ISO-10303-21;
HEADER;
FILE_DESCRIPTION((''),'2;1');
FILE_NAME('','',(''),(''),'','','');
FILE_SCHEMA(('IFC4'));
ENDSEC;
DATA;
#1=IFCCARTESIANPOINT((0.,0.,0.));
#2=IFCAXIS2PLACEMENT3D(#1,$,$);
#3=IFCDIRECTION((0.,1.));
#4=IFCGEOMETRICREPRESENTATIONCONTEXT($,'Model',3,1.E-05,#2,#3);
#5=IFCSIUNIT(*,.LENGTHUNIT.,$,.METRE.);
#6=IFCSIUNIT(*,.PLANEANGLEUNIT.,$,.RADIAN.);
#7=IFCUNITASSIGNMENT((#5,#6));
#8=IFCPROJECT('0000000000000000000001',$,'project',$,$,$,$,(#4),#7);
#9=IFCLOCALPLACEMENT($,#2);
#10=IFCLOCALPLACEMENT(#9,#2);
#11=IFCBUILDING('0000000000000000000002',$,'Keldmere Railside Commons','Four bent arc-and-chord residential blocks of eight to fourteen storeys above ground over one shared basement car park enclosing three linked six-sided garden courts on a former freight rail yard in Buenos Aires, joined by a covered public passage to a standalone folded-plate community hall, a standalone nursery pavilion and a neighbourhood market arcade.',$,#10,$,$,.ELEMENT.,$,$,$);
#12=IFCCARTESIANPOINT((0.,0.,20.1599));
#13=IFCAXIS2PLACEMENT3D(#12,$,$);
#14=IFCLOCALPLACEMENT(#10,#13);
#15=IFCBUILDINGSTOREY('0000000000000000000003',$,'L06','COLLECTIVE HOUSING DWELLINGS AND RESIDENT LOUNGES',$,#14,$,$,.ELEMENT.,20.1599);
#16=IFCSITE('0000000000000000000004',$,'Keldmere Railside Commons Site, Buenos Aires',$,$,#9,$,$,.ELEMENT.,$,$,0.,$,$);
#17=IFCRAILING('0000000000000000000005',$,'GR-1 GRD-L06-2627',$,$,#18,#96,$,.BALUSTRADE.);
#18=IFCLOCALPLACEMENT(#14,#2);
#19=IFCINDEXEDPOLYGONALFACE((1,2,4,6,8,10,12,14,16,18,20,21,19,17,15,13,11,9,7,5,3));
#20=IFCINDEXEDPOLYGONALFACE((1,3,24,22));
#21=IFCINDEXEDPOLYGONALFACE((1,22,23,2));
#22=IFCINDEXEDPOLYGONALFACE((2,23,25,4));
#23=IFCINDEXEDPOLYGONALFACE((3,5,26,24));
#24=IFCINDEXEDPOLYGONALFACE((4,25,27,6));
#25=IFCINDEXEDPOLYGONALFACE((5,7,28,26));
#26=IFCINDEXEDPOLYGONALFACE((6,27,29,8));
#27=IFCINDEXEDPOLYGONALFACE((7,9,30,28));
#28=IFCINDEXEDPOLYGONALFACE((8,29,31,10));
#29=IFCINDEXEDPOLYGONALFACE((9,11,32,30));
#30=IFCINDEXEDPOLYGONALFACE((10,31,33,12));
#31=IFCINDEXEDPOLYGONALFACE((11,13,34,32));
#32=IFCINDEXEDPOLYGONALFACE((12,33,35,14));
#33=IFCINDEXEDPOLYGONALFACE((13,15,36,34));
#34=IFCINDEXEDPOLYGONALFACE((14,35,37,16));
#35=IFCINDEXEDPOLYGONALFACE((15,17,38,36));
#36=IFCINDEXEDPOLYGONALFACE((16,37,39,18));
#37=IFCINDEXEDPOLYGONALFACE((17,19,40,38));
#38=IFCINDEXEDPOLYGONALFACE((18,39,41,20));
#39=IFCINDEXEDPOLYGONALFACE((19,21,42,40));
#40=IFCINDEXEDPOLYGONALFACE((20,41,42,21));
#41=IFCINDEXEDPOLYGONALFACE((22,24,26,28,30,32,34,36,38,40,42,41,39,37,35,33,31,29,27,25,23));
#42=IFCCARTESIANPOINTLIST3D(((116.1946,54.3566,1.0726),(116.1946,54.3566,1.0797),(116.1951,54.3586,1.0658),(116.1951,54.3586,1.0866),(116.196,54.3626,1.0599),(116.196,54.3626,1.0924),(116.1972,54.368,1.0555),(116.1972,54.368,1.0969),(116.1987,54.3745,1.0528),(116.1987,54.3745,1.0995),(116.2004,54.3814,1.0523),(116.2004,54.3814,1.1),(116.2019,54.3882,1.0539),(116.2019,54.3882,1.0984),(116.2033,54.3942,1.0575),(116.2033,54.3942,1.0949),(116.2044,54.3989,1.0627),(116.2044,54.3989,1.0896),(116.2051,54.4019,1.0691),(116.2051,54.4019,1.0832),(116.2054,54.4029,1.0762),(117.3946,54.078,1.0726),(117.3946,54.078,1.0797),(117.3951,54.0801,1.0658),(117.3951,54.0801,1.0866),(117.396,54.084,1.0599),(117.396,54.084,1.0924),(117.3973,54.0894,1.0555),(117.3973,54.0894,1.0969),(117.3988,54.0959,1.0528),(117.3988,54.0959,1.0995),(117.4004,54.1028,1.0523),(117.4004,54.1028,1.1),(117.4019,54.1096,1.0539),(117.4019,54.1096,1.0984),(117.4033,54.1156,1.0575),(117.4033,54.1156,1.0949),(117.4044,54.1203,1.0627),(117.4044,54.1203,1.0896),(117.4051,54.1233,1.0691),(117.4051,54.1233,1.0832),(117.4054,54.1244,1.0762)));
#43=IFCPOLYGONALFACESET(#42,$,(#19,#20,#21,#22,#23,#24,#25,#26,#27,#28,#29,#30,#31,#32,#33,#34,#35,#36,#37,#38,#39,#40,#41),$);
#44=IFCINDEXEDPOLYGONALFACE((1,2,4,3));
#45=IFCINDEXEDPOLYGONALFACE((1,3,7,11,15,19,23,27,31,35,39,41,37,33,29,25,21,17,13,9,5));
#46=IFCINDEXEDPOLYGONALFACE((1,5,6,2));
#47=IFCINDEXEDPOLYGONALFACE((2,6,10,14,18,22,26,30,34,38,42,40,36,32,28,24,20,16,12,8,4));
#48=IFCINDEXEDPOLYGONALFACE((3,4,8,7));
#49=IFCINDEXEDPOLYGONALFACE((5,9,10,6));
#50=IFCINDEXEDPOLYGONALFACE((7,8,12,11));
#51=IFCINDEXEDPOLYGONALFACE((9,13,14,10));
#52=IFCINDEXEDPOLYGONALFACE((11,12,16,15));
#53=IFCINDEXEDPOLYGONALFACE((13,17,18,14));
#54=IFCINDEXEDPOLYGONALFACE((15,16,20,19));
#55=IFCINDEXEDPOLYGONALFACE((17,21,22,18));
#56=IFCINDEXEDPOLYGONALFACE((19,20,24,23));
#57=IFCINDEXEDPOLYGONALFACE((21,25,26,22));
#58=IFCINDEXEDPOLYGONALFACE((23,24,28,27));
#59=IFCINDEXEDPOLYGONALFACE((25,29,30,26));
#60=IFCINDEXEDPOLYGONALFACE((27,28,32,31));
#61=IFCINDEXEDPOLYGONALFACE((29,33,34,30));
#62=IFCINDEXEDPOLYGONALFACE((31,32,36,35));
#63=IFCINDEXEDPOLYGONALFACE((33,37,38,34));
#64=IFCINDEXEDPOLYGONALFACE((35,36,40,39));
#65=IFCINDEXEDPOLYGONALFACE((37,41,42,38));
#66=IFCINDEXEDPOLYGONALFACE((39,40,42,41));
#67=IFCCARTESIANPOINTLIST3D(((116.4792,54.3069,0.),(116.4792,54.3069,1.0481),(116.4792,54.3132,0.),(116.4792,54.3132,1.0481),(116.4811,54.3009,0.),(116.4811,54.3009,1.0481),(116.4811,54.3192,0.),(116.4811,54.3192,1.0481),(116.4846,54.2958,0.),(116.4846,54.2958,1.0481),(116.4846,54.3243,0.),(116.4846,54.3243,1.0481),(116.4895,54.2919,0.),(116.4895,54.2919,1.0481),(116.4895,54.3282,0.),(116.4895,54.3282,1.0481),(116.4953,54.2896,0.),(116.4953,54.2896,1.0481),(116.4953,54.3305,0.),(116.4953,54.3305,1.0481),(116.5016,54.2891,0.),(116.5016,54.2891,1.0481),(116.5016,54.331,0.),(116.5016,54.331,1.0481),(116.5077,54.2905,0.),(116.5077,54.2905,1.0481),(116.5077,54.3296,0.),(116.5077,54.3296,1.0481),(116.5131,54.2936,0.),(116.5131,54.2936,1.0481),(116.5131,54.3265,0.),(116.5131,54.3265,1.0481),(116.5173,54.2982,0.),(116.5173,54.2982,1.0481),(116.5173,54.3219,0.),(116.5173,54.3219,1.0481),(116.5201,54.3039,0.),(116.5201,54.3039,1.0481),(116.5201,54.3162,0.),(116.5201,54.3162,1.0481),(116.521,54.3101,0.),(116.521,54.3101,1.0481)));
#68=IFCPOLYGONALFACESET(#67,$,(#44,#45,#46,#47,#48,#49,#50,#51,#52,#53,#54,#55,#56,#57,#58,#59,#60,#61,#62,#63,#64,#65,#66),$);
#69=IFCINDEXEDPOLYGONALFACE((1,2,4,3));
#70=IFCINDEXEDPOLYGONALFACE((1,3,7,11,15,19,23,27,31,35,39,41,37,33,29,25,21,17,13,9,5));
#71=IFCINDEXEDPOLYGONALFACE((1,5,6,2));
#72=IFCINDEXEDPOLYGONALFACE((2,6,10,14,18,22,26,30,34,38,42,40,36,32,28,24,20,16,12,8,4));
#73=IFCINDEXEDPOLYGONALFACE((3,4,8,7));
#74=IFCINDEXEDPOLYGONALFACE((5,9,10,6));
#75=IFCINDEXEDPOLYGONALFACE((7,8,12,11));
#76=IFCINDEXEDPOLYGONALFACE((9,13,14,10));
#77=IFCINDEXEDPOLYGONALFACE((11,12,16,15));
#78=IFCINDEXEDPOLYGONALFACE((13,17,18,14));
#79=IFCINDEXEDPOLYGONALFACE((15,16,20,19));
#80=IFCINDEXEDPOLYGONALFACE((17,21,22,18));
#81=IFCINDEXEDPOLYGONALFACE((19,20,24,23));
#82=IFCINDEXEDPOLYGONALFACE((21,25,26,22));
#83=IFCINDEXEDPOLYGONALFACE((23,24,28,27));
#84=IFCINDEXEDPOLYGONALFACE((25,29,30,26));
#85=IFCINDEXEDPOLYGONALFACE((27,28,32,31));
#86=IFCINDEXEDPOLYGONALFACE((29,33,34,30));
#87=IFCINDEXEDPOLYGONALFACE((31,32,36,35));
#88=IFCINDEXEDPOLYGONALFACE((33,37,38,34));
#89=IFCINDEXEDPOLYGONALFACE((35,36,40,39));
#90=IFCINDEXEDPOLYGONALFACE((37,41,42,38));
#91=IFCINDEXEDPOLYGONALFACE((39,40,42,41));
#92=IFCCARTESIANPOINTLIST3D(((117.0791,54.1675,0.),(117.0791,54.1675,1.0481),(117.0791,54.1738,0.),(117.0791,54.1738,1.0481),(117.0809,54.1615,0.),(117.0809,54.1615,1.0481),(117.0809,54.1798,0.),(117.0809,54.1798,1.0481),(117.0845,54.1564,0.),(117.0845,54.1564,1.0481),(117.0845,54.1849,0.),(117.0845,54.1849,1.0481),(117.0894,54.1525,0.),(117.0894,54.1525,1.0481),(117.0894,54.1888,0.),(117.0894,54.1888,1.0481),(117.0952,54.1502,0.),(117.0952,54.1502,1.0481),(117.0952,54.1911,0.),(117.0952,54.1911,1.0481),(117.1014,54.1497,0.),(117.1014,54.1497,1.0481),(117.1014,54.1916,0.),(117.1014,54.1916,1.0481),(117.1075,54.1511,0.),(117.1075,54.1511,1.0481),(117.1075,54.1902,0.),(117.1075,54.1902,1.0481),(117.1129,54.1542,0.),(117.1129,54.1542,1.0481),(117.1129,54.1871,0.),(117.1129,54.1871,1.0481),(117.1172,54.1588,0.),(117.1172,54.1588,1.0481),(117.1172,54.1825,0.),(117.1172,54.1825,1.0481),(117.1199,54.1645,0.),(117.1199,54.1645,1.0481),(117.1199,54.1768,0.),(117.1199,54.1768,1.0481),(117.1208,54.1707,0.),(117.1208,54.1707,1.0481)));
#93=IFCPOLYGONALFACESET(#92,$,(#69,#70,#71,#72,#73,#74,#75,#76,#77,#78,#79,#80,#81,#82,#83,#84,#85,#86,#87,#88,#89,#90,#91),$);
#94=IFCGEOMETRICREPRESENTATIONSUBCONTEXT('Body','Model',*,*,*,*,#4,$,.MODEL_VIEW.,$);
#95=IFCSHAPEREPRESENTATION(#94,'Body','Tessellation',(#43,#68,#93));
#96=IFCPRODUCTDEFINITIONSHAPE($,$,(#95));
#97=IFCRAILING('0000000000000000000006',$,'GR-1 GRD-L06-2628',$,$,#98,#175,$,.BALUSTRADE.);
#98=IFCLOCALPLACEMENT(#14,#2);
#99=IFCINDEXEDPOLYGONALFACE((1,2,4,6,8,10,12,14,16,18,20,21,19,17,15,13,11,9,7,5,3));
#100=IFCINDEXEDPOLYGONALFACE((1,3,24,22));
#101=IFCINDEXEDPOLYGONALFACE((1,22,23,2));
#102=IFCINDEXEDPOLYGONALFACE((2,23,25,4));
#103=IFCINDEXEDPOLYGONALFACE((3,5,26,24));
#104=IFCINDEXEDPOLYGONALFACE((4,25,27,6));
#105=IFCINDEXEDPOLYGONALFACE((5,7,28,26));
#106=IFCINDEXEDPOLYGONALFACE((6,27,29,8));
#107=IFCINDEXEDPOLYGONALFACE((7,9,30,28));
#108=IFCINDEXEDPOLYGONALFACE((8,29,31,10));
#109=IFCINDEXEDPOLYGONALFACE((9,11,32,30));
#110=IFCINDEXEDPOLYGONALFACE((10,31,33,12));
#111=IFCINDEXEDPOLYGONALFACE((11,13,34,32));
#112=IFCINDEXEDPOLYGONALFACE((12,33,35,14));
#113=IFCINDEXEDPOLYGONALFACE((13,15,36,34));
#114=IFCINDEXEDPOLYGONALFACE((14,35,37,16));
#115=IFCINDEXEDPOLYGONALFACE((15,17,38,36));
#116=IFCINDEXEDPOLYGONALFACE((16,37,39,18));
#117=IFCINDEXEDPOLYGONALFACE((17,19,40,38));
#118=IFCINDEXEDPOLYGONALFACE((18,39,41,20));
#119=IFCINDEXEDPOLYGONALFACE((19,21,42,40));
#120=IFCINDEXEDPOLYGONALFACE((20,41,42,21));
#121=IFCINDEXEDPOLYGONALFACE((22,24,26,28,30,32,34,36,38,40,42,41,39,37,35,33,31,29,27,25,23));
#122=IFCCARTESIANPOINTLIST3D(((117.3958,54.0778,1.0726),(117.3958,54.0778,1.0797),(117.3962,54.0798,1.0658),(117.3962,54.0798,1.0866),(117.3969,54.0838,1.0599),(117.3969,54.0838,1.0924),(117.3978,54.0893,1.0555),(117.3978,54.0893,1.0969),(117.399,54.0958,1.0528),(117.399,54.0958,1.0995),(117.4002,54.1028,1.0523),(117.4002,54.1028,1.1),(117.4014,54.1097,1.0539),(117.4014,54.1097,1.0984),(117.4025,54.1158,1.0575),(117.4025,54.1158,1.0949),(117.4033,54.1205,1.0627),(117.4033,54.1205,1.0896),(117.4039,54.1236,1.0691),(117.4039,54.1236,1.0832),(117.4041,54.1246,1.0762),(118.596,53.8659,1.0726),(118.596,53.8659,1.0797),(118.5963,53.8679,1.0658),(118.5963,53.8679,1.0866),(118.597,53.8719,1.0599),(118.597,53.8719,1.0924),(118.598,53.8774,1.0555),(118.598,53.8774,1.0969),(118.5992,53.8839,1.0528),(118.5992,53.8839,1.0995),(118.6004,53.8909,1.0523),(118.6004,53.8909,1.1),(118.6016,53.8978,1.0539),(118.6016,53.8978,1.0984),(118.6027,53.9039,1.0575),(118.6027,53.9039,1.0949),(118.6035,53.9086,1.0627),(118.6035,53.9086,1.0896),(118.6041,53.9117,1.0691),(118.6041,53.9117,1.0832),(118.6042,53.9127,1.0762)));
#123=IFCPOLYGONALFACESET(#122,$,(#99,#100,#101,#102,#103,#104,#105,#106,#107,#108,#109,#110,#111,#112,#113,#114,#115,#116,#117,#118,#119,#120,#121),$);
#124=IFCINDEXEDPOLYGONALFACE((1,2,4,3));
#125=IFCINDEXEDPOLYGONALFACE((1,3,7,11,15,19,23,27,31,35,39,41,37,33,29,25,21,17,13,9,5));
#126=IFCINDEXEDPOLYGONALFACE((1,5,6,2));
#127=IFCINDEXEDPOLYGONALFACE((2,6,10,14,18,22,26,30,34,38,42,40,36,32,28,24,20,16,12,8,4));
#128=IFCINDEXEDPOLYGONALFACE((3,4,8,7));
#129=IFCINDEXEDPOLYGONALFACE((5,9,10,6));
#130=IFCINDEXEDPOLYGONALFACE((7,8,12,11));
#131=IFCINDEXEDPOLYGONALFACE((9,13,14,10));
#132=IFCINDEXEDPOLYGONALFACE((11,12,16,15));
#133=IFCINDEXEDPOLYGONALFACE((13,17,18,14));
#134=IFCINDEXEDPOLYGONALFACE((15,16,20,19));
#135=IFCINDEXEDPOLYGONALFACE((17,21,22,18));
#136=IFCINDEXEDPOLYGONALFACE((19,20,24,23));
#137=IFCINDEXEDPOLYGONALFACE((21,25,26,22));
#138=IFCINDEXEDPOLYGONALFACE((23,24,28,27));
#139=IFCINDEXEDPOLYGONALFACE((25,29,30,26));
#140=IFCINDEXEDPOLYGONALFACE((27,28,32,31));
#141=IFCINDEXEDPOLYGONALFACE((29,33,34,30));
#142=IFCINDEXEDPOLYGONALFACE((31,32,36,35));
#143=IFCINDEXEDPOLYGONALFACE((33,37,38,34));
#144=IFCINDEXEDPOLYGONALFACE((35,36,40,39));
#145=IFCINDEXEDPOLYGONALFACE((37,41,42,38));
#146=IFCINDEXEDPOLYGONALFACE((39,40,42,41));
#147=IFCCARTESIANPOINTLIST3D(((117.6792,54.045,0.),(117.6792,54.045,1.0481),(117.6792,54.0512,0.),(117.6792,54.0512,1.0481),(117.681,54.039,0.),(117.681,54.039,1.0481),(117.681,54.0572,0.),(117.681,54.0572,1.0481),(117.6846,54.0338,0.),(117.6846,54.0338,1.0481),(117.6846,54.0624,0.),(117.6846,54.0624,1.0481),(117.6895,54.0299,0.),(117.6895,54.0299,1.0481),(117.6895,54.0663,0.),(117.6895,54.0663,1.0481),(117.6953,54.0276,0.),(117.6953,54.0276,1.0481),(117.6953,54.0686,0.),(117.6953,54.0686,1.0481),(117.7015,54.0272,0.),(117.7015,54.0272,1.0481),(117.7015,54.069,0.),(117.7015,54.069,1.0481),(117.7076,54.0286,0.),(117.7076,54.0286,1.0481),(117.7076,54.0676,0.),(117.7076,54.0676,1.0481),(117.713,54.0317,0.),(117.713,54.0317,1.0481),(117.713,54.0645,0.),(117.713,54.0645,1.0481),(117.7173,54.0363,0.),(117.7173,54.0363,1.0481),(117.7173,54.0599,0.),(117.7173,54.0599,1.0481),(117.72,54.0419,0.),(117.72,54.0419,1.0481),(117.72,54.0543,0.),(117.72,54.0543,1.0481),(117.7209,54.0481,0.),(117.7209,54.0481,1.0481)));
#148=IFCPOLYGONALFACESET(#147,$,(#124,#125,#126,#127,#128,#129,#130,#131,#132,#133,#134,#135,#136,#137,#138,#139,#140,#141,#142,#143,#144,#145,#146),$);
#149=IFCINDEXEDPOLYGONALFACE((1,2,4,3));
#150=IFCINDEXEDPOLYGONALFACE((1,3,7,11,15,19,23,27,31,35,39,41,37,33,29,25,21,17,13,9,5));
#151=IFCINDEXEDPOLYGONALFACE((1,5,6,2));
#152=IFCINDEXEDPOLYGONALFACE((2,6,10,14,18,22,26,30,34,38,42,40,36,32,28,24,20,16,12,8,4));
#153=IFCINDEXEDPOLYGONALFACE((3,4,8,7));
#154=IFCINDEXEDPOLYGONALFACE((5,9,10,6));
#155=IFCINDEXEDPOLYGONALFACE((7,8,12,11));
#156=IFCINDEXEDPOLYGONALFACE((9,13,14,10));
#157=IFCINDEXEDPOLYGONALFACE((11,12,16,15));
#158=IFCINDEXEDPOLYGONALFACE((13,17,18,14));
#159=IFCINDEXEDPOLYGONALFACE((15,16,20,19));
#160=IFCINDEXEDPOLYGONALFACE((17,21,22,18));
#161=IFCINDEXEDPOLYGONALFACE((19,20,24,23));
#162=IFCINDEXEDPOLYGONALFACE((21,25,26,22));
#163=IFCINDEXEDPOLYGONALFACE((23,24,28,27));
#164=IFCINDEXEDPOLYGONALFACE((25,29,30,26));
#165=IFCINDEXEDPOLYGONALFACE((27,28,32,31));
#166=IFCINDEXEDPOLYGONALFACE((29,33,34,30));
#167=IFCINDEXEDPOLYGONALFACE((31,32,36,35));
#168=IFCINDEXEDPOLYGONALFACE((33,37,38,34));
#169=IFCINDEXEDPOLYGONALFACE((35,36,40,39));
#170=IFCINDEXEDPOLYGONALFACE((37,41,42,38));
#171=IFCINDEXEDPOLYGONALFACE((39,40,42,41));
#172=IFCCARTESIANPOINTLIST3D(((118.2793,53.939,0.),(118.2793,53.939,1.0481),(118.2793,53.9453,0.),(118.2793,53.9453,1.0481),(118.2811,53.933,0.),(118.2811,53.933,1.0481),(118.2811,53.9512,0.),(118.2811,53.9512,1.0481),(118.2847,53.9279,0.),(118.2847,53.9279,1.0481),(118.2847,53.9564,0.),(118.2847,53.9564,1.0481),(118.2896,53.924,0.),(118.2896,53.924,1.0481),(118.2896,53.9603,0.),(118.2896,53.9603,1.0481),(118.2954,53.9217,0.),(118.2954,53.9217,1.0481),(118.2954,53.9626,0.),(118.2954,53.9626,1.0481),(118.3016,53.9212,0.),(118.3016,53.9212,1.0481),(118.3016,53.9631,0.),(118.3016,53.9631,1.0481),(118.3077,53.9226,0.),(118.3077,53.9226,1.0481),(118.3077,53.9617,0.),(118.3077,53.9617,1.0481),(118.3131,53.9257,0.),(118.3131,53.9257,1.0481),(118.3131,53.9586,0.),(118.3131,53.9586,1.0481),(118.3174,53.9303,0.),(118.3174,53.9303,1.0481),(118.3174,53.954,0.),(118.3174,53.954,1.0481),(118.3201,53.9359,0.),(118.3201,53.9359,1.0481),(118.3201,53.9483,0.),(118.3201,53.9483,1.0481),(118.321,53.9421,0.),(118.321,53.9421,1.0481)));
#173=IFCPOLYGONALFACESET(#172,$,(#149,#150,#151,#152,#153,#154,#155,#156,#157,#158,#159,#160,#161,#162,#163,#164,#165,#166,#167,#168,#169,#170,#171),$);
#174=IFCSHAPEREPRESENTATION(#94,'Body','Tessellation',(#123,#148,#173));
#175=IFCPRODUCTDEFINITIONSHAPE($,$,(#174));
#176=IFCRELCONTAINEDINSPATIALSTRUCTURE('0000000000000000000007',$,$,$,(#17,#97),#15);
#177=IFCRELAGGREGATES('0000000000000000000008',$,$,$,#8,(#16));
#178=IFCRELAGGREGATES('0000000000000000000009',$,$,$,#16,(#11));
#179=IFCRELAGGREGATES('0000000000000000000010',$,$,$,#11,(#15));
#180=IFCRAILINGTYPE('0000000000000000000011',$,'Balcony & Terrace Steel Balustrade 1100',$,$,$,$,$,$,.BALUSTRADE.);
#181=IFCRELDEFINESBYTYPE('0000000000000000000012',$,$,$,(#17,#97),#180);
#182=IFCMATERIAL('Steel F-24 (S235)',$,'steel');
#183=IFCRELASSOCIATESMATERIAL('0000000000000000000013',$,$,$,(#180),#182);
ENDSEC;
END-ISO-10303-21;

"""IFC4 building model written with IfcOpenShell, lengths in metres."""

from ifc_helpers import new_model, si_unit, direction, frame, origin, origin_2d, place, context, subcontext, project, spatial, circle, extrude, material, type_object, element, save


model = new_model("IFC4")

# Units and contexts
model_context = context("Model", 3, precision=1e-05, world=origin(), true_north=direction((0.0, 1.0)))
body_context = subcontext(model_context, "Body", "Model", "MODEL_VIEW")
ifc_project = project(units=[si_unit("LENGTHUNIT", "METRE"), si_unit("PLANEANGLEUNIT", "RADIAN")], contexts=[model_context])

# Site, building, storey
site_placement = place(None, origin())
site = spatial("IfcSite", under=ifc_project, at=site_placement, Name="Keldmere Railside Commons Site, Buenos Aires", CompositionType="ELEMENT", RefElevation=0.0)
building_placement = place(site_placement, origin())
building = spatial("IfcBuilding", under=site, at=building_placement, Name="Keldmere Railside Commons", Description="Four bent arc-and-chord residential blocks of eight to fourteen storeys above ground over one shared basement car park enclosing three linked six-sided garden courts on a former freight rail yard in Buenos Aires, joined by a covered public passage to a standalone folded-plate community hall, a standalone nursery pavilion and a neighbourhood market arcade.", CompositionType="ELEMENT")
storey_placement = place(building_placement, frame((0.0, 0.0, 20.1599)))
storey = spatial("IfcBuildingStorey", under=building, at=storey_placement, Name="L06", Description="COLLECTIVE HOUSING DWELLINGS AND RESIDENT LOUNGES", CompositionType="ELEMENT", Elevation=20.1599)

# Shared definitions
ifc_material_1 = material(Name="Steel F-24 (S235)", Category="steel")

# Railings
railing_type = type_object("IfcRailingType", Name="Balcony & Terrace Steel Balustrade 1100", PredefinedType="BALUSTRADE", material=ifc_material_1)
railing_1_placement = place(storey_placement, frame((116.2, 54.3796, 0.0)))
element("IfcRailing", 1, at=railing_1_placement, inside=storey, type_object=railing_type, Name="GR-1 GRD-L06-2627", PredefinedType="BALUSTRADE", context=body_context, shape_type="SweptSolid", body=[
    extrude(circle(Radius=0.0239, at=origin_2d()), frame((0.0, 0.0, 1.0762), z_axis=(0.974096, -0.226133, 0.0), x_axis=(0.226133, 0.974096, 0.0)), (0.0, 0.0, 1.0), 1.2319),
    extrude(circle(Radius=0.021, at=origin_2d()), frame((0.3, -0.0696, 0.0)), (0.0, 0.0, 1.0), 1.0481),
    extrude(circle(Radius=0.021, at=origin_2d()), frame((0.8999, -0.209, 0.0)), (0.0, 0.0, 1.0), 1.0481),
])
railing_2_placement = place(storey_placement, frame((117.3999, 54.1011, 0.0)))
element("IfcRailing", 2, at=railing_2_placement, inside=storey, type_object=railing_type, Name="GR-1 GRD-L06-2628", PredefinedType="BALUSTRADE", context=body_context, shape_type="SweptSolid", body=[
    extrude(circle(Radius=0.0239, at=origin_2d()), frame((0.0, 0.0, 1.0762), z_axis=(0.984767, -0.173877, 0.0), x_axis=(0.173877, 0.984767, 0.0)), (0.0, 0.0, 1.0), 1.2188),
    extrude(circle(Radius=0.021, at=origin_2d()), frame((0.3, -0.053, 0.0)), (0.0, 0.0, 1.0), 1.0481),
    extrude(circle(Radius=0.021, at=origin_2d()), frame((0.9001, -0.1589, 0.0)), (0.0, 0.0, 1.0), 1.0481),
])

save(model, "model.ifc")
